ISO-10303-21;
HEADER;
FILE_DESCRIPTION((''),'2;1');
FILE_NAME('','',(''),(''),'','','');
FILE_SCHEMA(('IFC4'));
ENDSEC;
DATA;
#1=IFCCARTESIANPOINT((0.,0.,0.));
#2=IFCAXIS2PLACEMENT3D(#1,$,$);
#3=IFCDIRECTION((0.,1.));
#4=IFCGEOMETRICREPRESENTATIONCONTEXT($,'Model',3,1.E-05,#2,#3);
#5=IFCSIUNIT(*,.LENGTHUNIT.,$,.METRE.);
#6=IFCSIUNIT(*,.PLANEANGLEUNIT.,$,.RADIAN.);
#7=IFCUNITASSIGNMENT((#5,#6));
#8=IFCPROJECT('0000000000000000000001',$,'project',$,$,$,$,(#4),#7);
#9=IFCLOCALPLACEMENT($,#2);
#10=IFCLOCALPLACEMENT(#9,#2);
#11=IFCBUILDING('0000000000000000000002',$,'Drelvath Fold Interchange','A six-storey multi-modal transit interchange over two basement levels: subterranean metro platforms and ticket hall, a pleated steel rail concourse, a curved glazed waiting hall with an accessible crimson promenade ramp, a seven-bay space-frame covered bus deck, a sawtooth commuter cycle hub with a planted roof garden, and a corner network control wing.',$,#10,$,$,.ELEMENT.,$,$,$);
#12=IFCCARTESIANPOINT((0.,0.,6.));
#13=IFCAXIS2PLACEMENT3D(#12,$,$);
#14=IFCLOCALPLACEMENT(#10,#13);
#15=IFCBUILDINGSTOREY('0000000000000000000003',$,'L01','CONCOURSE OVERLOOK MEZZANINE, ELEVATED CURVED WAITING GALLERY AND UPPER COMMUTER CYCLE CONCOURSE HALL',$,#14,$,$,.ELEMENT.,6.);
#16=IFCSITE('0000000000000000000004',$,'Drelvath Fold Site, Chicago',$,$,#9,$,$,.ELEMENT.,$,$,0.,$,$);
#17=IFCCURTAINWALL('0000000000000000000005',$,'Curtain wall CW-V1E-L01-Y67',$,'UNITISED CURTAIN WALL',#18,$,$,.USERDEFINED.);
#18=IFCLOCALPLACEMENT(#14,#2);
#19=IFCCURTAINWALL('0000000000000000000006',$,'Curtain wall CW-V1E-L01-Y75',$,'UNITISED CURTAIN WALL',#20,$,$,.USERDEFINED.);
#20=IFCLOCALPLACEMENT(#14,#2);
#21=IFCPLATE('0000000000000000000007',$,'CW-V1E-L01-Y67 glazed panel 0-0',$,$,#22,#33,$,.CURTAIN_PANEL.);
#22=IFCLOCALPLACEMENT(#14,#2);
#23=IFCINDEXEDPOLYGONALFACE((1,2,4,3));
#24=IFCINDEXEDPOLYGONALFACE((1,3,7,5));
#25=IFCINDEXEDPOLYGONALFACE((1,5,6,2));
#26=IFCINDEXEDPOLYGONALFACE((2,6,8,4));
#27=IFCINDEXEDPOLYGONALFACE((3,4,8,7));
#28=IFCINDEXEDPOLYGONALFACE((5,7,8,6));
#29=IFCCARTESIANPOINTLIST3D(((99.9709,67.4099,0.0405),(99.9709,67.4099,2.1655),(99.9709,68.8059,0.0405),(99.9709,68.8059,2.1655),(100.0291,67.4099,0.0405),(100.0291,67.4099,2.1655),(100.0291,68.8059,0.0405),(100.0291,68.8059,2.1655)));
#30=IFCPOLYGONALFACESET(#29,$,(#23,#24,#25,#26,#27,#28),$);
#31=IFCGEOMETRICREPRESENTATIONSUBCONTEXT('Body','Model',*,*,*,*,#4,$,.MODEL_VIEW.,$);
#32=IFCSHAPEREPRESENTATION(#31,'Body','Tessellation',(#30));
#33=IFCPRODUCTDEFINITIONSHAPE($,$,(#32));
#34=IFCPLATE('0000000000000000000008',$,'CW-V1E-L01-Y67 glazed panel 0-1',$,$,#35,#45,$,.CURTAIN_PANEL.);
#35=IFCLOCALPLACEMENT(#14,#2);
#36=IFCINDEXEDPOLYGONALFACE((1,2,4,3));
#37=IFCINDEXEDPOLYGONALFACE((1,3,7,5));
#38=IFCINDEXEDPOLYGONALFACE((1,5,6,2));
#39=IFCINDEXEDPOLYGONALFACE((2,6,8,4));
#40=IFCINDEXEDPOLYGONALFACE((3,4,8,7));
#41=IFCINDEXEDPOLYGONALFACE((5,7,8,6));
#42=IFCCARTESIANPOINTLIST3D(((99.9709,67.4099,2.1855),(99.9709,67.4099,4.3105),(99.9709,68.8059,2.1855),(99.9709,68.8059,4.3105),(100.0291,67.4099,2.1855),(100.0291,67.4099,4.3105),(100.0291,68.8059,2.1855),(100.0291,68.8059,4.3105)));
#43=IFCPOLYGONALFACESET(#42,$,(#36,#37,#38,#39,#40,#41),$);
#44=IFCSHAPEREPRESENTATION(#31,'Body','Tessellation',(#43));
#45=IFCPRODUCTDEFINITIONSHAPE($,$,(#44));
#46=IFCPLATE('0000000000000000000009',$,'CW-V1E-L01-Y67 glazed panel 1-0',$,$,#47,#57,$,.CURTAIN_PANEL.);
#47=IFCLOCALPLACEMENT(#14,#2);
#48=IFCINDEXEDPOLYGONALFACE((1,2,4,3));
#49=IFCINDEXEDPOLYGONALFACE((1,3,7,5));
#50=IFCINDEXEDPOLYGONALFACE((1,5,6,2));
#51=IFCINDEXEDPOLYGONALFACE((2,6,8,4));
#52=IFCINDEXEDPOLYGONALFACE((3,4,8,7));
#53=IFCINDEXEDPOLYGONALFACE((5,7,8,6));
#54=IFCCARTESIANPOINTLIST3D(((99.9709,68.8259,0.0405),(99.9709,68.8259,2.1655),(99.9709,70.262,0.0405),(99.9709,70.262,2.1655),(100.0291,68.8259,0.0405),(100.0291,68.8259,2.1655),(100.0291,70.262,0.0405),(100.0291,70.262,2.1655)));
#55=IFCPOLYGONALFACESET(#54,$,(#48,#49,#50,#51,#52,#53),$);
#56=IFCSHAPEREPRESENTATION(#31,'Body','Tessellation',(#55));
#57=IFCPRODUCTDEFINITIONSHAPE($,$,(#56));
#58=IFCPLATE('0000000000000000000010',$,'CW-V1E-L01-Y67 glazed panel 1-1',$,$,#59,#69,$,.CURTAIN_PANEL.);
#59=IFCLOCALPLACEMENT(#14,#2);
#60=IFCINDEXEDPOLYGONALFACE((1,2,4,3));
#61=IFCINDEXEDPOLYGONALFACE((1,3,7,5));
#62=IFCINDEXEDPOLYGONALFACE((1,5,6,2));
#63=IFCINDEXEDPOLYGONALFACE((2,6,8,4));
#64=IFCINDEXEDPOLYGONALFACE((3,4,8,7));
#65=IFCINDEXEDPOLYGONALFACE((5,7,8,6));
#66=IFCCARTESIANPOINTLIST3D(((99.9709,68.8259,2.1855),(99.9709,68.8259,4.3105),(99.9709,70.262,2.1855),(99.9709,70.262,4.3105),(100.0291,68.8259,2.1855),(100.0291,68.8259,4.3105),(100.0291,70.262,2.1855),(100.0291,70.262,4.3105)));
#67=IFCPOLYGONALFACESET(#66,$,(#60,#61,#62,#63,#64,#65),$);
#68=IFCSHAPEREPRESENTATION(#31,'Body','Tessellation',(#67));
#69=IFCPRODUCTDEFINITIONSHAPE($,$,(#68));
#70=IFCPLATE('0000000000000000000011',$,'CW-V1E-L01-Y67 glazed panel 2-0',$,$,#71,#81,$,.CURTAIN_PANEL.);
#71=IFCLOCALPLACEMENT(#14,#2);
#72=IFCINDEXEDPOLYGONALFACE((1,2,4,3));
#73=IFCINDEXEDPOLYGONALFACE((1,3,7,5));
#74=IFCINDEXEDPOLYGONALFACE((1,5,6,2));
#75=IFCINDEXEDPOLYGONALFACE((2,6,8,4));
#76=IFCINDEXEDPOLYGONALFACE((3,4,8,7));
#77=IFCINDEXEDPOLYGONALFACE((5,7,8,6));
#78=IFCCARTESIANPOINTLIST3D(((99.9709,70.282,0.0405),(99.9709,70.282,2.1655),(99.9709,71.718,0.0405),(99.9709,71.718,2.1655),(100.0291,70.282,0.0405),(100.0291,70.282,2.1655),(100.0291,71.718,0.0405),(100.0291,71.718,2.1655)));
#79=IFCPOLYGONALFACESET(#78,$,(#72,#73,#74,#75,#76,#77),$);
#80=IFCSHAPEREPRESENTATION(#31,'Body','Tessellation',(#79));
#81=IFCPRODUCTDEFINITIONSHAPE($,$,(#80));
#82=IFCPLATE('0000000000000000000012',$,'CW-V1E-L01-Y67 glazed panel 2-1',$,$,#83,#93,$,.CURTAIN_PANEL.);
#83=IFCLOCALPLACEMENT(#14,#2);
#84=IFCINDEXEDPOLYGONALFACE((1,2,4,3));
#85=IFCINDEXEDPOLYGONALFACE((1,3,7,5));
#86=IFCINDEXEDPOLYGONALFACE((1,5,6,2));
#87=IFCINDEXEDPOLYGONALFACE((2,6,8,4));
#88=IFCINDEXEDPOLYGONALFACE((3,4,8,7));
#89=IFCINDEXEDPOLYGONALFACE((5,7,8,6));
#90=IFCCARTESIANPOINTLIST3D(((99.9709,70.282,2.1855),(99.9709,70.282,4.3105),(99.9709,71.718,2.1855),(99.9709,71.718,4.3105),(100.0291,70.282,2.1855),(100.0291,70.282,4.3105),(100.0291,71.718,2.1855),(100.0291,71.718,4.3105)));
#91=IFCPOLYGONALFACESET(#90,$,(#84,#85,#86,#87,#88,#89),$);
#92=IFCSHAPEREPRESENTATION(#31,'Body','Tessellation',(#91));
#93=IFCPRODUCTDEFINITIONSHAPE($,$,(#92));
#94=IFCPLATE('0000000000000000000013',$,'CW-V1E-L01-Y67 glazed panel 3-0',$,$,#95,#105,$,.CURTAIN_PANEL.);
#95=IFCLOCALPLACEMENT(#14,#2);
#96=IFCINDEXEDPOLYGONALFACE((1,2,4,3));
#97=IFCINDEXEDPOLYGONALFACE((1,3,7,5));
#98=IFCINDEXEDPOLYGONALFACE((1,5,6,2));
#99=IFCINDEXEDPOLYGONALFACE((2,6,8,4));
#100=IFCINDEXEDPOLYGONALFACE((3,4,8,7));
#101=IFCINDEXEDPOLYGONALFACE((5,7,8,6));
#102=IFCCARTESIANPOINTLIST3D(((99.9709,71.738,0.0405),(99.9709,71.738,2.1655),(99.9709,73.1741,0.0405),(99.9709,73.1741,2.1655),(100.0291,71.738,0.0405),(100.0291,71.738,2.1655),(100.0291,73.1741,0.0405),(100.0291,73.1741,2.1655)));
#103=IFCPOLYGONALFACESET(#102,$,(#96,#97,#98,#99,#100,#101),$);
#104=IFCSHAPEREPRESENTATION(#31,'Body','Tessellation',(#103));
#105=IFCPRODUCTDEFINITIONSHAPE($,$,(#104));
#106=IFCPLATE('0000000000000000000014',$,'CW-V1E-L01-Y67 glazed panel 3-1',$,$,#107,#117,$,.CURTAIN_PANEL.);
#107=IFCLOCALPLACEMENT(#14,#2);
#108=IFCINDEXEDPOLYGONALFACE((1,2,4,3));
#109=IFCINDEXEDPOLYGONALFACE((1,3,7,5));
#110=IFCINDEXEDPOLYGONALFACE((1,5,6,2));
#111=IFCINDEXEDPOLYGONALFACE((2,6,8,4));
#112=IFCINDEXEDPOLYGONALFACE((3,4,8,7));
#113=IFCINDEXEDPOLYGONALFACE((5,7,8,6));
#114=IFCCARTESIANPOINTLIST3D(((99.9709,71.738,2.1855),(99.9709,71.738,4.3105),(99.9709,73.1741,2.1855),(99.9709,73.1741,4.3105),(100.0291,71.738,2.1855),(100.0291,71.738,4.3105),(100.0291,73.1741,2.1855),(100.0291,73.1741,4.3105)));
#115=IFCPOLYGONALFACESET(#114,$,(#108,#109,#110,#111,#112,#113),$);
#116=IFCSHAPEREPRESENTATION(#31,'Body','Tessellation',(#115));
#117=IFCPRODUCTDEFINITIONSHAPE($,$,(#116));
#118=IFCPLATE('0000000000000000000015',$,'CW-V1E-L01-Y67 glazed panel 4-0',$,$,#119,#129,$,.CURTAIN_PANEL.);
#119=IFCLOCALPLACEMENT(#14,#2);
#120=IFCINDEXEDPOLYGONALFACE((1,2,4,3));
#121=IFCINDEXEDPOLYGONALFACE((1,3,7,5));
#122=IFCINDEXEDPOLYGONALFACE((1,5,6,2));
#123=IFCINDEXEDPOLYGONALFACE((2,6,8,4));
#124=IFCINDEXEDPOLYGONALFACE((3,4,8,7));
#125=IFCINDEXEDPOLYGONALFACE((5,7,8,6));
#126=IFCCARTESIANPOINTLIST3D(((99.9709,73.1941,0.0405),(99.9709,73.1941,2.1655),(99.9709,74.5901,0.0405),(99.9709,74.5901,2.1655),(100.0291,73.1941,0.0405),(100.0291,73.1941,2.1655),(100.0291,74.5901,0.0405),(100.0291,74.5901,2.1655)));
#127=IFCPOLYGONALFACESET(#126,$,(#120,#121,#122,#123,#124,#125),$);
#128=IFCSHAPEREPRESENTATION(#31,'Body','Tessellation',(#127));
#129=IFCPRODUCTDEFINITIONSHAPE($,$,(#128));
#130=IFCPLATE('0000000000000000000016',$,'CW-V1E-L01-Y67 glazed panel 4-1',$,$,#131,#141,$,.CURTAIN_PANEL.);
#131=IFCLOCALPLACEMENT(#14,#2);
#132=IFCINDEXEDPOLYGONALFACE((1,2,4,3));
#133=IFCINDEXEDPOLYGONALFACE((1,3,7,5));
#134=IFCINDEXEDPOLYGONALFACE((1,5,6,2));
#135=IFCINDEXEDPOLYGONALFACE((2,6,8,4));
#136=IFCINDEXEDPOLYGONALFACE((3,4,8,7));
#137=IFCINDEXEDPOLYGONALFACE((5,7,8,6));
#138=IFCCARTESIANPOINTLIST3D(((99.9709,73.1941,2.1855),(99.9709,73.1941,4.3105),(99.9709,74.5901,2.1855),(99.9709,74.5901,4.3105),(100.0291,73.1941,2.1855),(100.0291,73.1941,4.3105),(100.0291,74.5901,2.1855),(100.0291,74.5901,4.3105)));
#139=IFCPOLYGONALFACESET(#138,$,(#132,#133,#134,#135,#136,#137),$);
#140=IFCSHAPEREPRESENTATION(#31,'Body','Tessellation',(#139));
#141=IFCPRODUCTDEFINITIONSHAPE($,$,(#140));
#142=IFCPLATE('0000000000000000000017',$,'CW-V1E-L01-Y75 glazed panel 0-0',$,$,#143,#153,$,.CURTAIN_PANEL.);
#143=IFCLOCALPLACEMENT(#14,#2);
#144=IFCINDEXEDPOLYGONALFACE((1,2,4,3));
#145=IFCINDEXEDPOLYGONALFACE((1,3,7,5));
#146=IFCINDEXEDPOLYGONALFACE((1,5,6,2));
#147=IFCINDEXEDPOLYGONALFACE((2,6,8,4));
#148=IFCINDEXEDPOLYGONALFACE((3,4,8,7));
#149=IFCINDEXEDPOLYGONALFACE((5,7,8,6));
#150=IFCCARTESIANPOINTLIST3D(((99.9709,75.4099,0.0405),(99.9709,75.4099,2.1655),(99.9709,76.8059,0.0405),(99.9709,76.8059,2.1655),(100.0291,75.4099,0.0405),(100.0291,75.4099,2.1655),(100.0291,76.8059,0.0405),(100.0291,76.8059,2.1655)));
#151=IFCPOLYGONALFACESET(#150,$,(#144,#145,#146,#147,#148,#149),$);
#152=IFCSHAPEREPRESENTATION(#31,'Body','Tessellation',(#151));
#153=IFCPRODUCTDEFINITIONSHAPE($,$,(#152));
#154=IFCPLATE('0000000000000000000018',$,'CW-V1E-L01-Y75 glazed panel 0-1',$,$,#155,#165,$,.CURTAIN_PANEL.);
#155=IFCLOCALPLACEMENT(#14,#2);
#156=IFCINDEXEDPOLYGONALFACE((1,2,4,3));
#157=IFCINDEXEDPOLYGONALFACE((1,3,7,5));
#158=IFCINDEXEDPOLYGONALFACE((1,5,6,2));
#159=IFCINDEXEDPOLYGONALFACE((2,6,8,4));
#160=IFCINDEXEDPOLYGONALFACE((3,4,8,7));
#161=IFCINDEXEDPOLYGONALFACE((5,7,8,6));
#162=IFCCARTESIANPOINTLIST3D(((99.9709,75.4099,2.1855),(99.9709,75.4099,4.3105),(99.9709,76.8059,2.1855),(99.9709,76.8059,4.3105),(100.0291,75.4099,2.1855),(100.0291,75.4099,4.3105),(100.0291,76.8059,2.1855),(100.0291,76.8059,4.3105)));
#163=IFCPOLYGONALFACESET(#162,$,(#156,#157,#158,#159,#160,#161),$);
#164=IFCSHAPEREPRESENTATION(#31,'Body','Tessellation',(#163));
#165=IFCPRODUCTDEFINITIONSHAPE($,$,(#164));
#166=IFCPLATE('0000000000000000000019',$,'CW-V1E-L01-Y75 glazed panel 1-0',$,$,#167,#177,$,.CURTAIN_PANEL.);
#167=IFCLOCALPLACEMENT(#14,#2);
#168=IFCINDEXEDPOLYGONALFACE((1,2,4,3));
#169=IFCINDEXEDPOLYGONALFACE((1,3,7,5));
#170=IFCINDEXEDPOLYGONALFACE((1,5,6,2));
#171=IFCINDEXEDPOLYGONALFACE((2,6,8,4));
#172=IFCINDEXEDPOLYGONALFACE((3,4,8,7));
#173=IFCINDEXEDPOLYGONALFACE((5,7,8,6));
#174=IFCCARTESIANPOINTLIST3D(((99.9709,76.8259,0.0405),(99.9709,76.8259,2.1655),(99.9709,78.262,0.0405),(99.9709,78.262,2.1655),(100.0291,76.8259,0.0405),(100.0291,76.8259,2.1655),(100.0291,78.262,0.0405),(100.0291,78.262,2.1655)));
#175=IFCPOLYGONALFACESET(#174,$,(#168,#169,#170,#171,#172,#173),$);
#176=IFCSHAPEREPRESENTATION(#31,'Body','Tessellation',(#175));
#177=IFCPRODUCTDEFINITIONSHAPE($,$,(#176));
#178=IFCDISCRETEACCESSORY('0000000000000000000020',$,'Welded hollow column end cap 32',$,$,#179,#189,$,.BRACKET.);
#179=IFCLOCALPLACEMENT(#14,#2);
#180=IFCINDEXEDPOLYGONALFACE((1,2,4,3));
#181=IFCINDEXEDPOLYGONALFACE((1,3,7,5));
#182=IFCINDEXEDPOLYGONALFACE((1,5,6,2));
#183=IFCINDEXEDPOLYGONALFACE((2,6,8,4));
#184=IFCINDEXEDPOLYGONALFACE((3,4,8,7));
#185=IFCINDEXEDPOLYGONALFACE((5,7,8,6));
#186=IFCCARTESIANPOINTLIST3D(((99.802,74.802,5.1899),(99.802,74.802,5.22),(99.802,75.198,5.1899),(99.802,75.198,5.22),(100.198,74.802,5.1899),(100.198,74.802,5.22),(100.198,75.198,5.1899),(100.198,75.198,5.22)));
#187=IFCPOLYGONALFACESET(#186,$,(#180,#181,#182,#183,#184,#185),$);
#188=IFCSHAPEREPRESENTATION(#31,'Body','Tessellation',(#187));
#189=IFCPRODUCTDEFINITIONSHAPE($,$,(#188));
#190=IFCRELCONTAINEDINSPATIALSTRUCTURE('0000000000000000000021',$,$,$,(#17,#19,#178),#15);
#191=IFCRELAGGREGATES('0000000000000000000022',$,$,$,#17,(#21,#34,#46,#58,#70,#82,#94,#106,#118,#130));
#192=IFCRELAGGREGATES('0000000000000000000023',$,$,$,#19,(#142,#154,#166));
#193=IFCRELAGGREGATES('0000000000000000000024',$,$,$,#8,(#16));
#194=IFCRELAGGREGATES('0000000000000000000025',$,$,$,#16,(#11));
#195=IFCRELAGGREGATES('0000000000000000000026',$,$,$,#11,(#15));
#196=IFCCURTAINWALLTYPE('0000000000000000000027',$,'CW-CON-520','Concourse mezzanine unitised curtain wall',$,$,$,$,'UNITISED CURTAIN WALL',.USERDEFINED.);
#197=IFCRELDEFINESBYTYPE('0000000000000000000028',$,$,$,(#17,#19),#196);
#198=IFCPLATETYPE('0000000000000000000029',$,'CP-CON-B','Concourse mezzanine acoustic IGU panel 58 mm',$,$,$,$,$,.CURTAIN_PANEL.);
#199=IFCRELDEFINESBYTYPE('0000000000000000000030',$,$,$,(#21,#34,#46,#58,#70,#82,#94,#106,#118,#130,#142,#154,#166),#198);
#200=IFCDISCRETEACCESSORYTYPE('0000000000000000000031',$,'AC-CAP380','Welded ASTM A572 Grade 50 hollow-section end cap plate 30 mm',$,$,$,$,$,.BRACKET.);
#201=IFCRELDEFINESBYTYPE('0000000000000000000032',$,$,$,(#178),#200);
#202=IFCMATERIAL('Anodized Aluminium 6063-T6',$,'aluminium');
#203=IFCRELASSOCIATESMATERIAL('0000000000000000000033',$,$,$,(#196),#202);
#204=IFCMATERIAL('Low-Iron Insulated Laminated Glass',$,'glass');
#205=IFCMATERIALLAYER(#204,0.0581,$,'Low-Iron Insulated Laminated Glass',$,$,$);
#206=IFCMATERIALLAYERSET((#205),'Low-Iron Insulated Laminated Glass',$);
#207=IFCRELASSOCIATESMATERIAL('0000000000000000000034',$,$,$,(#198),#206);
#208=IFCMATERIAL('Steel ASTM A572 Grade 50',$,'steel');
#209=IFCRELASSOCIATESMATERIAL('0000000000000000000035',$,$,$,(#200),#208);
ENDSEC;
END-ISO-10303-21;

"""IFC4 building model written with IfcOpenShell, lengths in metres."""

from ifc_helpers import new_model, si_unit, direction, frame, origin, origin_2d, place, context, subcontext, project, spatial, rectangle, extrude, material, layer, layer_set, type_object, element, aggregate, save


model = new_model("IFC4")

# Units and contexts
model_context = context("Model", 3, precision=1e-05, world=origin(), true_north=direction((0.0, 1.0)))
body_context = subcontext(model_context, "Body", "Model", "MODEL_VIEW")
ifc_project = project(units=[si_unit("LENGTHUNIT", "METRE"), si_unit("PLANEANGLEUNIT", "RADIAN")], contexts=[model_context])

# Site, building, storey
site_placement = place(None, origin())
site = spatial("IfcSite", under=ifc_project, at=site_placement, Name="Drelvath Fold Site, Chicago", CompositionType="ELEMENT", RefElevation=0.0)
building_placement = place(site_placement, origin())
building = spatial("IfcBuilding", under=site, at=building_placement, Name="Drelvath Fold Interchange", Description="A six-storey multi-modal transit interchange over two basement levels: subterranean metro platforms and ticket hall, a pleated steel rail concourse, a curved glazed waiting hall with an accessible crimson promenade ramp, a seven-bay space-frame covered bus deck, a sawtooth commuter cycle hub with a planted roof garden, and a corner network control wing.", CompositionType="ELEMENT")
storey_placement = place(building_placement, frame((0.0, 0.0, 6.0)))
storey = spatial("IfcBuildingStorey", under=building, at=storey_placement, Name="L01", Description="CONCOURSE OVERLOOK MEZZANINE, ELEVATED CURVED WAITING GALLERY AND UPPER COMMUTER CYCLE CONCOURSE HALL", CompositionType="ELEMENT", Elevation=6.0)

# Curtain walls
ifc_material_1 = material(Name="Anodized Aluminium 6063-T6", Category="aluminium")
curtain_wall_type = type_object("IfcCurtainWallType", Name="CW-CON-520", Description="Concourse mezzanine unitised curtain wall", ElementType="UNITISED CURTAIN WALL", PredefinedType="USERDEFINED", material=ifc_material_1)
curtain_wall_1_placement = place(storey_placement, origin())
curtain_wall_1 = element("IfcCurtainWall", 1, at=curtain_wall_1_placement, inside=storey, type_object=curtain_wall_type, Name="Curtain wall CW-V1E-L01-Y67", ObjectType="UNITISED CURTAIN WALL", PredefinedType="USERDEFINED")
curtain_wall_2_placement = place(storey_placement, origin())
curtain_wall_2 = element("IfcCurtainWall", 2, at=curtain_wall_2_placement, inside=storey, type_object=curtain_wall_type, Name="Curtain wall CW-V1E-L01-Y75", ObjectType="UNITISED CURTAIN WALL", PredefinedType="USERDEFINED")

# Plates
ifc_material_2 = material(Name="Low-Iron Insulated Laminated Glass", Category="glass")
ifc_layer = layer(ifc_material_2, 0.0581, Name="Low-Iron Insulated Laminated Glass")
ifc_layer_set = layer_set([ifc_layer], Name="Low-Iron Insulated Laminated Glass")
plate_type = type_object("IfcPlateType", Name="CP-CON-B", Description="Concourse mezzanine acoustic IGU panel 58 mm", PredefinedType="CURTAIN_PANEL", material=ifc_layer_set)
plate_1_placement = place(storey_placement, frame((100.0, 68.1079, 0.0405), z_axis=(0.0, 0.0, 1.0), x_axis=(0.0, 1.0, 0.0)))
plate_1 = element("IfcPlate", 3, at=plate_1_placement, type_object=plate_type, Name="CW-V1E-L01-Y67 glazed panel 0-0", PredefinedType="CURTAIN_PANEL", context=body_context, shape_type="SweptSolid", body=[
    extrude(rectangle(XDim=1.396, YDim=0.0581, at=origin_2d()), origin(), (0.0, 0.0, 1.0), 2.125),
])
plate_2_placement = place(storey_placement, frame((100.0, 68.1079, 2.1855), z_axis=(0.0, 0.0, 1.0), x_axis=(0.0, 1.0, 0.0)))
plate_2 = element("IfcPlate", 4, at=plate_2_placement, type_object=plate_type, Name="CW-V1E-L01-Y67 glazed panel 0-1", PredefinedType="CURTAIN_PANEL", context=body_context, shape_type="SweptSolid", body=[
    extrude(rectangle(XDim=1.396, YDim=0.0581, at=origin_2d()), origin(), (0.0, 0.0, 1.0), 2.125),
])
plate_3_placement = place(storey_placement, frame((100.0, 69.5439, 0.0405), z_axis=(0.0, 0.0, 1.0), x_axis=(0.0, 1.0, 0.0)))
plate_3 = element("IfcPlate", 5, at=plate_3_placement, type_object=plate_type, Name="CW-V1E-L01-Y67 glazed panel 1-0", PredefinedType="CURTAIN_PANEL", context=body_context, shape_type="SweptSolid", body=[
    extrude(rectangle(XDim=1.436, YDim=0.0581, at=origin_2d()), origin(), (0.0, 0.0, 1.0), 2.125),
])
plate_4_placement = place(storey_placement, frame((100.0, 69.5439, 2.1855), z_axis=(0.0, 0.0, 1.0), x_axis=(0.0, 1.0, 0.0)))
plate_4 = element("IfcPlate", 6, at=plate_4_placement, type_object=plate_type, Name="CW-V1E-L01-Y67 glazed panel 1-1", PredefinedType="CURTAIN_PANEL", context=body_context, shape_type="SweptSolid", body=[
    extrude(rectangle(XDim=1.436, YDim=0.0581, at=origin_2d()), origin(), (0.0, 0.0, 1.0), 2.125),
])
plate_5_placement = place(storey_placement, frame((100.0, 71.0, 0.0405), z_axis=(0.0, 0.0, 1.0), x_axis=(0.0, 1.0, 0.0)))
plate_5 = element("IfcPlate", 7, at=plate_5_placement, type_object=plate_type, Name="CW-V1E-L01-Y67 glazed panel 2-0", PredefinedType="CURTAIN_PANEL", context=body_context, shape_type="SweptSolid", body=[
    extrude(rectangle(XDim=1.436, YDim=0.0581, at=origin_2d()), origin(), (0.0, 0.0, 1.0), 2.125),
])
plate_6_placement = place(storey_placement, frame((100.0, 71.0, 2.1855), z_axis=(0.0, 0.0, 1.0), x_axis=(0.0, 1.0, 0.0)))
plate_6 = element("IfcPlate", 8, at=plate_6_placement, type_object=plate_type, Name="CW-V1E-L01-Y67 glazed panel 2-1", PredefinedType="CURTAIN_PANEL", context=body_context, shape_type="SweptSolid", body=[
    extrude(rectangle(XDim=1.436, YDim=0.0581, at=origin_2d()), origin(), (0.0, 0.0, 1.0), 2.125),
])
plate_7_placement = place(storey_placement, frame((100.0, 72.4561, 0.0405), z_axis=(0.0, 0.0, 1.0), x_axis=(0.0, 1.0, 0.0)))
plate_7 = element("IfcPlate", 9, at=plate_7_placement, type_object=plate_type, Name="CW-V1E-L01-Y67 glazed panel 3-0", PredefinedType="CURTAIN_PANEL", context=body_context, shape_type="SweptSolid", body=[
    extrude(rectangle(XDim=1.436, YDim=0.0581, at=origin_2d()), origin(), (0.0, 0.0, 1.0), 2.125),
])
plate_8_placement = place(storey_placement, frame((100.0, 72.4561, 2.1855), z_axis=(0.0, 0.0, 1.0), x_axis=(0.0, 1.0, 0.0)))
plate_8 = element("IfcPlate", 10, at=plate_8_placement, type_object=plate_type, Name="CW-V1E-L01-Y67 glazed panel 3-1", PredefinedType="CURTAIN_PANEL", context=body_context, shape_type="SweptSolid", body=[
    extrude(rectangle(XDim=1.436, YDim=0.0581, at=origin_2d()), origin(), (0.0, 0.0, 1.0), 2.125),
])
plate_9_placement = place(storey_placement, frame((100.0, 73.8921, 0.0405), z_axis=(0.0, 0.0, 1.0), x_axis=(0.0, 1.0, 0.0)))
plate_9 = element("IfcPlate", 11, at=plate_9_placement, type_object=plate_type, Name="CW-V1E-L01-Y67 glazed panel 4-0", PredefinedType="CURTAIN_PANEL", context=body_context, shape_type="SweptSolid", body=[
    extrude(rectangle(XDim=1.396, YDim=0.0581, at=origin_2d()), origin(), (0.0, 0.0, 1.0), 2.125),
])
plate_10_placement = place(storey_placement, frame((100.0, 73.8921, 2.1855), z_axis=(0.0, 0.0, 1.0), x_axis=(0.0, 1.0, 0.0)))
plate_10 = element("IfcPlate", 12, at=plate_10_placement, type_object=plate_type, Name="CW-V1E-L01-Y67 glazed panel 4-1", PredefinedType="CURTAIN_PANEL", context=body_context, shape_type="SweptSolid", body=[
    extrude(rectangle(XDim=1.396, YDim=0.0581, at=origin_2d()), origin(), (0.0, 0.0, 1.0), 2.125),
])
aggregate(curtain_wall_1, [plate_1, plate_2, plate_3, plate_4, plate_5, plate_6, plate_7, plate_8, plate_9, plate_10])
plate_11_placement = place(storey_placement, frame((100.0, 76.1079, 0.0405), z_axis=(0.0, 0.0, 1.0), x_axis=(0.0, 1.0, 0.0)))
plate_11 = element("IfcPlate", 13, at=plate_11_placement, type_object=plate_type, Name="CW-V1E-L01-Y75 glazed panel 0-0", PredefinedType="CURTAIN_PANEL", context=body_context, shape_type="SweptSolid", body=[
    extrude(rectangle(XDim=1.396, YDim=0.0581, at=origin_2d()), origin(), (0.0, 0.0, 1.0), 2.125),
])
plate_12_placement = place(storey_placement, frame((100.0, 76.1079, 2.1855), z_axis=(0.0, 0.0, 1.0), x_axis=(0.0, 1.0, 0.0)))
plate_12 = element("IfcPlate", 14, at=plate_12_placement, type_object=plate_type, Name="CW-V1E-L01-Y75 glazed panel 0-1", PredefinedType="CURTAIN_PANEL", context=body_context, shape_type="SweptSolid", body=[
    extrude(rectangle(XDim=1.396, YDim=0.0581, at=origin_2d()), origin(), (0.0, 0.0, 1.0), 2.125),
])
plate_13_placement = place(storey_placement, frame((100.0, 77.5439, 0.0405), z_axis=(0.0, 0.0, 1.0), x_axis=(0.0, 1.0, 0.0)))
plate_13 = element("IfcPlate", 15, at=plate_13_placement, type_object=plate_type, Name="CW-V1E-L01-Y75 glazed panel 1-0", PredefinedType="CURTAIN_PANEL", context=body_context, shape_type="SweptSolid", body=[
    extrude(rectangle(XDim=1.436, YDim=0.0581, at=origin_2d()), origin(), (0.0, 0.0, 1.0), 2.125),
])
aggregate(curtain_wall_2, [plate_11, plate_12, plate_13])

# Discrete accessory
ifc_material_3 = material(Name="Steel ASTM A572 Grade 50", Category="steel")
discrete_accessory_type = type_object("IfcDiscreteAccessoryType", Name="AC-CAP380", Description="Welded ASTM A572 Grade 50 hollow-section end cap plate 30 mm", PredefinedType="BRACKET", material=ifc_material_3)
discrete_accessory_placement = place(storey_placement, frame((100.0, 75.0, 5.1899), z_axis=(0.0, 0.0, 1.0), x_axis=(1.0, 0.0, 0.0)))
element("IfcDiscreteAccessory", 16, at=discrete_accessory_placement, inside=storey, type_object=discrete_accessory_type, Name="Welded hollow column end cap 32", PredefinedType="BRACKET", context=body_context, shape_type="SweptSolid", body=[
    extrude(rectangle(XDim=0.396, YDim=0.396, at=origin_2d()), origin(), (0.0, 0.0, 1.0), 0.03),
])

save(model, "model.ifc")
